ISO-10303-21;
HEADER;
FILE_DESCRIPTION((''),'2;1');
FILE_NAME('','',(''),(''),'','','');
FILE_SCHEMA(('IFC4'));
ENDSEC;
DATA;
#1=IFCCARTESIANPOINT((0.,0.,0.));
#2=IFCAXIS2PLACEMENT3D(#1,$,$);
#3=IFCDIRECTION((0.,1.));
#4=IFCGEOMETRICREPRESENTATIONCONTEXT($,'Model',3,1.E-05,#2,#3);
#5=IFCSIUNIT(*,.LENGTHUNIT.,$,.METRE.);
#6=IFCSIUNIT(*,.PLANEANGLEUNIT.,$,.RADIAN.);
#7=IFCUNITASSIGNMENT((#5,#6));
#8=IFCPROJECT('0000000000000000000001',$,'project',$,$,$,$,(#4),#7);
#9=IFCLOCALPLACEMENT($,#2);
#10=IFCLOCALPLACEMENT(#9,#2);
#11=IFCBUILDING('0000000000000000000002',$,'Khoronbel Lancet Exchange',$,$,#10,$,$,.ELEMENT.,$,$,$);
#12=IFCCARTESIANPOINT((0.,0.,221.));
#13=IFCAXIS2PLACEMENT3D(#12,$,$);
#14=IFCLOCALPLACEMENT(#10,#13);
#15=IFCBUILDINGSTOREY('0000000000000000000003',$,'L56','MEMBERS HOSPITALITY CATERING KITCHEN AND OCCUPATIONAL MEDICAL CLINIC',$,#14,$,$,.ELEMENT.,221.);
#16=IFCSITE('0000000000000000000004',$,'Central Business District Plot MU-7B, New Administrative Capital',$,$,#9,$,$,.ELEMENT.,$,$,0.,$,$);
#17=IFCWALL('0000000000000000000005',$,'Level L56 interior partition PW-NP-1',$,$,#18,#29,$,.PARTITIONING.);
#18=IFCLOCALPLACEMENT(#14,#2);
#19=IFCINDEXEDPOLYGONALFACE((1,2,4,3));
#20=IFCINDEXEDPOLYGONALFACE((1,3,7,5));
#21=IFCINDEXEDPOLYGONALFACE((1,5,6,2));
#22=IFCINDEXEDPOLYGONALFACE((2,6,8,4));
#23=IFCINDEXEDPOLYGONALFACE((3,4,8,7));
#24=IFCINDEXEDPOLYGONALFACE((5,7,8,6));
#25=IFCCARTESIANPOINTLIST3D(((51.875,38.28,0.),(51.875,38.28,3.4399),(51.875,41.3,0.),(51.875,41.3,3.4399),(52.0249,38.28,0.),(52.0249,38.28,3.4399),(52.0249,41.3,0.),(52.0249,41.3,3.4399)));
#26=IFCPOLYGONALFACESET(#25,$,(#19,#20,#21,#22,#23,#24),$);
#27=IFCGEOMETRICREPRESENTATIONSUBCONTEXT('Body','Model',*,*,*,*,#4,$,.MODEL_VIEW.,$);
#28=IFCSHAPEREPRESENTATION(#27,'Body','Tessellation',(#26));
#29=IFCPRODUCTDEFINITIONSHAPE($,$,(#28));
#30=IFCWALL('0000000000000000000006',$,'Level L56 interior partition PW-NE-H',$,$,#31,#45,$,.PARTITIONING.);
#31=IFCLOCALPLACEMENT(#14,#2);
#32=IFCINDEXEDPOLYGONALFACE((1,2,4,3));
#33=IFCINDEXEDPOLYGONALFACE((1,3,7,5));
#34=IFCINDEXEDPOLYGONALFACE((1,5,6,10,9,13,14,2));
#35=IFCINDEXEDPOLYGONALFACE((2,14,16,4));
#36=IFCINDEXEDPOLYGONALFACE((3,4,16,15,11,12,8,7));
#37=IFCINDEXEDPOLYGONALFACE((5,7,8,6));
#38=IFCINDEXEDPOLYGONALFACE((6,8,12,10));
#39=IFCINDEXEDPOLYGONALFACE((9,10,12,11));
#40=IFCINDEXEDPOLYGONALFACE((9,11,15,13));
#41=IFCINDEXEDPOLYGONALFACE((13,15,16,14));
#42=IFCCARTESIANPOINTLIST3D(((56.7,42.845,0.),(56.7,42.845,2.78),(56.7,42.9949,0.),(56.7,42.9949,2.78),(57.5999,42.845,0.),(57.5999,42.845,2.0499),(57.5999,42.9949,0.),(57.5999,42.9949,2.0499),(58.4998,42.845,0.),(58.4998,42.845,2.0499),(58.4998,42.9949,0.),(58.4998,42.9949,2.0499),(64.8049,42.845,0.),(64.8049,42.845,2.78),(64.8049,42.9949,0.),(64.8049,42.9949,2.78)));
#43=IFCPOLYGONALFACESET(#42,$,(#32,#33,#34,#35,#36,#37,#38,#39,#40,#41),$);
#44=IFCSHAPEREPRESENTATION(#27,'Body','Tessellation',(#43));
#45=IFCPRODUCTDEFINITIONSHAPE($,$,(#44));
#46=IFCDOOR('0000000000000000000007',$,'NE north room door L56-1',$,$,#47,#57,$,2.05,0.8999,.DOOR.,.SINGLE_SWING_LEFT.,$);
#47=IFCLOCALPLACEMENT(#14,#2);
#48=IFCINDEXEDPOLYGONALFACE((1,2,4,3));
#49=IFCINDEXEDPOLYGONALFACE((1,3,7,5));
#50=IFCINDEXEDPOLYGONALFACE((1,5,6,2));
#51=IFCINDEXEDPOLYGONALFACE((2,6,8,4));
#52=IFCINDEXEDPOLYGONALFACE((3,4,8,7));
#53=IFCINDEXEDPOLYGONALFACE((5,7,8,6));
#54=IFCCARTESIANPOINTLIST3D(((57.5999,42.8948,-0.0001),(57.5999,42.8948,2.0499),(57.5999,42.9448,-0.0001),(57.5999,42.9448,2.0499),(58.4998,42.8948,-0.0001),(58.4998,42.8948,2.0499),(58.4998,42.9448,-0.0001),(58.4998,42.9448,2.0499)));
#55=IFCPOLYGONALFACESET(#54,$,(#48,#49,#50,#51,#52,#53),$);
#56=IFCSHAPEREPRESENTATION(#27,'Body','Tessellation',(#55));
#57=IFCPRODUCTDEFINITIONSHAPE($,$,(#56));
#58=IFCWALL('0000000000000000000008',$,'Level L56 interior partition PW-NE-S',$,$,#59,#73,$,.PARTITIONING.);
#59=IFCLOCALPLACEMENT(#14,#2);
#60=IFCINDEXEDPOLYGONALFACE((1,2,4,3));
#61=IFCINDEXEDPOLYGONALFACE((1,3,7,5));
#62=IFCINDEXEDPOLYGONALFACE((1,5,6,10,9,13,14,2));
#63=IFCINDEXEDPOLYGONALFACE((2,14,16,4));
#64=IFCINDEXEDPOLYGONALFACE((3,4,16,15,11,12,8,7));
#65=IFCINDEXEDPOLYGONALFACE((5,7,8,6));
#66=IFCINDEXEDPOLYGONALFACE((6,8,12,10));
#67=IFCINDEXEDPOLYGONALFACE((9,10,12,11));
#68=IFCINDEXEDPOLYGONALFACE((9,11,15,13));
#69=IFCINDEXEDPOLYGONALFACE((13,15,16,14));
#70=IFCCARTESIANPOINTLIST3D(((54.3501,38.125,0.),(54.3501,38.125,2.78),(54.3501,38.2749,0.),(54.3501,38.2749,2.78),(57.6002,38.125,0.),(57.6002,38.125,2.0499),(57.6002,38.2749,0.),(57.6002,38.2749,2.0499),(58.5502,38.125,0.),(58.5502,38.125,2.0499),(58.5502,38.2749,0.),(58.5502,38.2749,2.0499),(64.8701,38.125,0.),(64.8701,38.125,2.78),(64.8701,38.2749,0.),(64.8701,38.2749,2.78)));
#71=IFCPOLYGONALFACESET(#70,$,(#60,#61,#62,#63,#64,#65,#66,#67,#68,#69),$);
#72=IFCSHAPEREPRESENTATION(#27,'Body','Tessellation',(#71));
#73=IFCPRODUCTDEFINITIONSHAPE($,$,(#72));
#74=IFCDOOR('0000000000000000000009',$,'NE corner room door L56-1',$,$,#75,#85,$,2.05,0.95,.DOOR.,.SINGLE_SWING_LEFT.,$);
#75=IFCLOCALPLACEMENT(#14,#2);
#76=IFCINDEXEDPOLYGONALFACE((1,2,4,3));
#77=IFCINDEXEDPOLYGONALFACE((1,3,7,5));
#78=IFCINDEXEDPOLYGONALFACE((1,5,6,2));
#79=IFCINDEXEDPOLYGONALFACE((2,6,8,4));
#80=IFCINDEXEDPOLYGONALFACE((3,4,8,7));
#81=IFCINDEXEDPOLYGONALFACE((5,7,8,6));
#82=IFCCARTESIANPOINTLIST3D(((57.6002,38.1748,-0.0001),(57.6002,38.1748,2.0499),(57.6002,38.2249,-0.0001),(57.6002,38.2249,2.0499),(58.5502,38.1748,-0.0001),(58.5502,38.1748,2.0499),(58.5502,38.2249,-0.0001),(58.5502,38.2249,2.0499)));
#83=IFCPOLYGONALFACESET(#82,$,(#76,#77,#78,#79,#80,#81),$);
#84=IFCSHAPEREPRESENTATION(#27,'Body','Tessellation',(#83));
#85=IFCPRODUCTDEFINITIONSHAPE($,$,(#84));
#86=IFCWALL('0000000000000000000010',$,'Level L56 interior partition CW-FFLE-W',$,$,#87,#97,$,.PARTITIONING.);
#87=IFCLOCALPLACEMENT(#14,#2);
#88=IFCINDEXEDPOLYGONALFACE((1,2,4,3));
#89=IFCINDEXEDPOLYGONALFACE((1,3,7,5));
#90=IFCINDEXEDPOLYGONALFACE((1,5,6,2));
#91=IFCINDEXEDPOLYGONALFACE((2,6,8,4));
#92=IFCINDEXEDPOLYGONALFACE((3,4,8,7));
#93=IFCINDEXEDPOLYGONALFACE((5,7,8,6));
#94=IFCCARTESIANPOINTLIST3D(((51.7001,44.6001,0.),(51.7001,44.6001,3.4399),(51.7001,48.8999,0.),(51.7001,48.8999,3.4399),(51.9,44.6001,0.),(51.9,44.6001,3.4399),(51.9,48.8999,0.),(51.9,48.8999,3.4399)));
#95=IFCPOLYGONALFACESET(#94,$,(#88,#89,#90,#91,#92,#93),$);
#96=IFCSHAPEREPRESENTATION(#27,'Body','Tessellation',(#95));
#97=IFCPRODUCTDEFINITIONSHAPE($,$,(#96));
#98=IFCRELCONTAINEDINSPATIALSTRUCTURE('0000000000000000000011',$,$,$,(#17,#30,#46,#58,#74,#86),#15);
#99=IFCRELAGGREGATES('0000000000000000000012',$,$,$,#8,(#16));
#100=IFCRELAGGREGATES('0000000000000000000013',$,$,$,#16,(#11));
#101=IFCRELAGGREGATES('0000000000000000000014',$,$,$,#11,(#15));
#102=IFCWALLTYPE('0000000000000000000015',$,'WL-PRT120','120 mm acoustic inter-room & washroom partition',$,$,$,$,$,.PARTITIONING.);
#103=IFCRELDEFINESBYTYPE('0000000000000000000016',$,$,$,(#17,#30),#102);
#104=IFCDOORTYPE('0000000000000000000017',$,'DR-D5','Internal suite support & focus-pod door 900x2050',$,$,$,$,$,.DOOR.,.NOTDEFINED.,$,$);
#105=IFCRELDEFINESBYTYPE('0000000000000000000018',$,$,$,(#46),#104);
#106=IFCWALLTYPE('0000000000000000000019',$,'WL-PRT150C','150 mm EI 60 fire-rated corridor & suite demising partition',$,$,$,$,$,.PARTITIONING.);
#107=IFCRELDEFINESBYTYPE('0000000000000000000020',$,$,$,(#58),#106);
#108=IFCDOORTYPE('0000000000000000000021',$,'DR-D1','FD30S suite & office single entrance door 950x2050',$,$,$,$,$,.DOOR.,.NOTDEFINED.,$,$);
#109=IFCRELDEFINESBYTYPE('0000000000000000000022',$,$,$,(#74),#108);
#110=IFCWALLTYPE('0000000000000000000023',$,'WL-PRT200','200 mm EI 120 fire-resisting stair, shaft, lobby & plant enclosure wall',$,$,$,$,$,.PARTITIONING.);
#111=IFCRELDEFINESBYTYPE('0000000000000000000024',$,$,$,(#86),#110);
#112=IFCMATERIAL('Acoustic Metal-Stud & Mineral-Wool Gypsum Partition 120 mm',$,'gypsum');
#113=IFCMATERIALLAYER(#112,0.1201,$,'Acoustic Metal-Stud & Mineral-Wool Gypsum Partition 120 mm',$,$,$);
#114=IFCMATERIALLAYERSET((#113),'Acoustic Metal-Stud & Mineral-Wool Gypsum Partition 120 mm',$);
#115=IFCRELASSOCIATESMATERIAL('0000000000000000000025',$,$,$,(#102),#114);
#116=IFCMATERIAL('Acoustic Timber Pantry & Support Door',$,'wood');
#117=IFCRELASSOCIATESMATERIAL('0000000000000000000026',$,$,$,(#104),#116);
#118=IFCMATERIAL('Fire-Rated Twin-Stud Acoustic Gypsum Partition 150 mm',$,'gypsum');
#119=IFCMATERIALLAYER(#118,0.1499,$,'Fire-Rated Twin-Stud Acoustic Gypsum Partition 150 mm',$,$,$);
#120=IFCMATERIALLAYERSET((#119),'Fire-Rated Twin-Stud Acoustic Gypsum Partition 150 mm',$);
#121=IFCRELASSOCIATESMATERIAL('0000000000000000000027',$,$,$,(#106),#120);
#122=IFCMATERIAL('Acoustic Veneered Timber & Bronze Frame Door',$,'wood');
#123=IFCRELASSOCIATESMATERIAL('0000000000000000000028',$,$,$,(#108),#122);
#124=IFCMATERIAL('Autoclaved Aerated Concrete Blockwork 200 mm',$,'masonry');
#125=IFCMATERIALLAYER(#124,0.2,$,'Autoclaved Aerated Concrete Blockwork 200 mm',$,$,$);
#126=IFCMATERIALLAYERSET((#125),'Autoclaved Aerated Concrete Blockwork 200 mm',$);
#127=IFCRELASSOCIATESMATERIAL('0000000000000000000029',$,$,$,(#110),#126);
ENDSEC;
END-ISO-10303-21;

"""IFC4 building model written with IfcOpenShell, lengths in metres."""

from ifc_helpers import new_model, si_unit, direction, frame, frame_2d, origin, place, context, subcontext, project, spatial, rectangle, extrude, material, layer, layer_set, type_object, element, fill, save


model = new_model("IFC4")

# Units and contexts
model_context = context("Model", 3, precision=1e-05, world=origin(), true_north=direction((0.0, 1.0)))
body_context = subcontext(model_context, "Body", "Model", "MODEL_VIEW")
ifc_project = project(units=[si_unit("LENGTHUNIT", "METRE"), si_unit("PLANEANGLEUNIT", "RADIAN")], contexts=[model_context])

# Site, building, storey
site_placement = place(None, origin())
site = spatial("IfcSite", under=ifc_project, at=site_placement, Name="Central Business District Plot MU-7B, New Administrative Capital", CompositionType="ELEMENT", RefElevation=0.0)
building_placement = place(site_placement, origin())
building = spatial("IfcBuilding", under=site, at=building_placement, Name="Khoronbel Lancet Exchange", CompositionType="ELEMENT")
storey_placement = place(building_placement, frame((0.0, 0.0, 221.0)))
storey = spatial("IfcBuildingStorey", under=building, at=storey_placement, Name="L56", Description="MEMBERS HOSPITALITY CATERING KITCHEN AND OCCUPATIONAL MEDICAL CLINIC", CompositionType="ELEMENT", Elevation=221.0)

# Wall
ifc_material_1 = material(Name="Acoustic Metal-Stud & Mineral-Wool Gypsum Partition 120 mm", Category="gypsum")
ifc_layer_1 = layer(ifc_material_1, 0.1201, Name="Acoustic Metal-Stud & Mineral-Wool Gypsum Partition 120 mm")
ifc_layer_set_1 = layer_set([ifc_layer_1], Name="Acoustic Metal-Stud & Mineral-Wool Gypsum Partition 120 mm")
wall_type_1 = type_object("IfcWallType", Name="WL-PRT120", Description="120 mm acoustic inter-room & washroom partition", PredefinedType="PARTITIONING", material=ifc_layer_set_1)
wall_1_placement = place(storey_placement, frame((51.95, 38.28, 0.0), z_axis=(0.0, 0.0, 1.0), x_axis=(0.0, 1.0, 0.0)))
element("IfcWall", 1, at=wall_1_placement, inside=storey, type_object=wall_type_1, Name="Level L56 interior partition PW-NP-1", PredefinedType="PARTITIONING", context=body_context, shape_type="SweptSolid", body=[
    extrude(rectangle(XDim=3.02, YDim=0.1499, at=frame_2d((1.51, 0.0))), origin(), (0.0, 0.0, 1.0), 3.4399),
])

# Walls, openings, doors
wall_2_placement = place(storey_placement, frame((56.7, 42.9199, 0.0), z_axis=(0.0, 0.0, 1.0), x_axis=(1.0, 0.0, 0.0)))
wall_2 = element("IfcWall", 2, at=wall_2_placement, inside=storey, type_object=wall_type_1, Name="Level L56 interior partition PW-NE-H", PredefinedType="PARTITIONING", context=body_context, shape_type="SweptSolid", body=[
    extrude(rectangle(XDim=8.105, YDim=0.1499, at=frame_2d((4.0525, 0.0))), origin(), (0.0, 0.0, 1.0), 2.78),
])
opening_1_placement = place(wall_2_placement, frame((0.8999, 0.0, 0.0)))
opening_1 = element("IfcOpeningElement", 3, at=opening_1_placement, cuts=wall_2, PredefinedType="OPENING", context=body_context, shape_type="SweptSolid", body=[
    extrude(rectangle(XDim=0.8999, YDim=2.05, at=frame_2d((0.45, 1.0249))), frame((0.0, 0.085, 0.0), z_axis=(0.0, -1.0, 0.0), x_axis=(1.0, 0.0, 0.0)), (0.0, 0.0, 1.0), 0.1699),
])
ifc_material_2 = material(Name="Acoustic Timber Pantry & Support Door", Category="wood")
door_type_1 = type_object("IfcDoorType", Name="DR-D5", Description="Internal suite support & focus-pod door 900x2050", OperationType="NOTDEFINED", PredefinedType="DOOR", material=ifc_material_2)
door_1_placement = place(opening_1_placement, origin())
door_1 = element("IfcDoor", 4, at=door_1_placement, inside=storey, type_object=door_type_1, Name="NE north room door L56-1", OperationType="SINGLE_SWING_LEFT", OverallHeight=2.05, OverallWidth=0.8999, PredefinedType="DOOR", context=body_context, shape_type="SweptSolid", body=[
    extrude(rectangle(XDim=0.8999, YDim=2.05, at=frame_2d((0.45, 1.0249))), frame((0.0, 0.0249, 0.0), z_axis=(0.0, -1.0, 0.0), x_axis=(1.0, 0.0, 0.0)), (0.0, 0.0, 1.0), 0.05),
])
fill(opening_1, door_1)
ifc_material_3 = material(Name="Fire-Rated Twin-Stud Acoustic Gypsum Partition 150 mm", Category="gypsum")
ifc_layer_2 = layer(ifc_material_3, 0.1499, Name="Fire-Rated Twin-Stud Acoustic Gypsum Partition 150 mm")
ifc_layer_set_2 = layer_set([ifc_layer_2], Name="Fire-Rated Twin-Stud Acoustic Gypsum Partition 150 mm")
wall_type_2 = type_object("IfcWallType", Name="WL-PRT150C", Description="150 mm EI 60 fire-rated corridor & suite demising partition", PredefinedType="PARTITIONING", material=ifc_layer_set_2)
wall_3_placement = place(storey_placement, frame((54.3501, 38.2, 0.0), z_axis=(0.0, 0.0, 1.0), x_axis=(1.0, 0.0, 0.0)))
wall_3 = element("IfcWall", 5, at=wall_3_placement, inside=storey, type_object=wall_type_2, Name="Level L56 interior partition PW-NE-S", PredefinedType="PARTITIONING", context=body_context, shape_type="SweptSolid", body=[
    extrude(rectangle(XDim=10.52, YDim=0.1499, at=frame_2d((5.26, 0.0))), origin(), (0.0, 0.0, 1.0), 2.78),
])
opening_2_placement = place(wall_3_placement, frame((3.25, 0.0, 0.0)))
opening_2 = element("IfcOpeningElement", 6, at=opening_2_placement, cuts=wall_3, PredefinedType="OPENING", context=body_context, shape_type="SweptSolid", body=[
    extrude(rectangle(XDim=0.95, YDim=2.05, at=frame_2d((0.4751, 1.0249))), frame((0.0, 0.085, 0.0), z_axis=(0.0, -1.0, 0.0), x_axis=(1.0, 0.0, 0.0)), (0.0, 0.0, 1.0), 0.1699),
])
ifc_material_4 = material(Name="Acoustic Veneered Timber & Bronze Frame Door", Category="wood")
door_type_2 = type_object("IfcDoorType", Name="DR-D1", Description="FD30S suite & office single entrance door 950x2050", OperationType="NOTDEFINED", PredefinedType="DOOR", material=ifc_material_4)
door_2_placement = place(opening_2_placement, origin())
door_2 = element("IfcDoor", 7, at=door_2_placement, inside=storey, type_object=door_type_2, Name="NE corner room door L56-1", OperationType="SINGLE_SWING_LEFT", OverallHeight=2.05, OverallWidth=0.95, PredefinedType="DOOR", context=body_context, shape_type="SweptSolid", body=[
    extrude(rectangle(XDim=0.95, YDim=2.05, at=frame_2d((0.4751, 1.0249))), frame((0.0, 0.0249, 0.0), z_axis=(0.0, -1.0, 0.0), x_axis=(1.0, 0.0, 0.0)), (0.0, 0.0, 1.0), 0.05),
])
fill(opening_2, door_2)

# Wall
ifc_material_5 = material(Name="Autoclaved Aerated Concrete Blockwork 200 mm", Category="masonry")
ifc_layer_3 = layer(ifc_material_5, 0.2, Name="Autoclaved Aerated Concrete Blockwork 200 mm")
ifc_layer_set_3 = layer_set([ifc_layer_3], Name="Autoclaved Aerated Concrete Blockwork 200 mm")
wall_type_3 = type_object("IfcWallType", Name="WL-PRT200", Description="200 mm EI 120 fire-resisting stair, shaft, lobby & plant enclosure wall", PredefinedType="PARTITIONING", material=ifc_layer_set_3)
wall_4_placement = place(storey_placement, frame((51.8, 44.6001, 0.0), z_axis=(0.0, 0.0, 1.0), x_axis=(0.0, 1.0, 0.0)))
element("IfcWall", 8, at=wall_4_placement, inside=storey, type_object=wall_type_3, Name="Level L56 interior partition CW-FFLE-W", PredefinedType="PARTITIONING", context=body_context, shape_type="SweptSolid", body=[
    extrude(rectangle(XDim=4.2998, YDim=0.2, at=frame_2d((2.1499, 0.0))), origin(), (0.0, 0.0, 1.0), 3.4399),
])

save(model, "model.ifc")
